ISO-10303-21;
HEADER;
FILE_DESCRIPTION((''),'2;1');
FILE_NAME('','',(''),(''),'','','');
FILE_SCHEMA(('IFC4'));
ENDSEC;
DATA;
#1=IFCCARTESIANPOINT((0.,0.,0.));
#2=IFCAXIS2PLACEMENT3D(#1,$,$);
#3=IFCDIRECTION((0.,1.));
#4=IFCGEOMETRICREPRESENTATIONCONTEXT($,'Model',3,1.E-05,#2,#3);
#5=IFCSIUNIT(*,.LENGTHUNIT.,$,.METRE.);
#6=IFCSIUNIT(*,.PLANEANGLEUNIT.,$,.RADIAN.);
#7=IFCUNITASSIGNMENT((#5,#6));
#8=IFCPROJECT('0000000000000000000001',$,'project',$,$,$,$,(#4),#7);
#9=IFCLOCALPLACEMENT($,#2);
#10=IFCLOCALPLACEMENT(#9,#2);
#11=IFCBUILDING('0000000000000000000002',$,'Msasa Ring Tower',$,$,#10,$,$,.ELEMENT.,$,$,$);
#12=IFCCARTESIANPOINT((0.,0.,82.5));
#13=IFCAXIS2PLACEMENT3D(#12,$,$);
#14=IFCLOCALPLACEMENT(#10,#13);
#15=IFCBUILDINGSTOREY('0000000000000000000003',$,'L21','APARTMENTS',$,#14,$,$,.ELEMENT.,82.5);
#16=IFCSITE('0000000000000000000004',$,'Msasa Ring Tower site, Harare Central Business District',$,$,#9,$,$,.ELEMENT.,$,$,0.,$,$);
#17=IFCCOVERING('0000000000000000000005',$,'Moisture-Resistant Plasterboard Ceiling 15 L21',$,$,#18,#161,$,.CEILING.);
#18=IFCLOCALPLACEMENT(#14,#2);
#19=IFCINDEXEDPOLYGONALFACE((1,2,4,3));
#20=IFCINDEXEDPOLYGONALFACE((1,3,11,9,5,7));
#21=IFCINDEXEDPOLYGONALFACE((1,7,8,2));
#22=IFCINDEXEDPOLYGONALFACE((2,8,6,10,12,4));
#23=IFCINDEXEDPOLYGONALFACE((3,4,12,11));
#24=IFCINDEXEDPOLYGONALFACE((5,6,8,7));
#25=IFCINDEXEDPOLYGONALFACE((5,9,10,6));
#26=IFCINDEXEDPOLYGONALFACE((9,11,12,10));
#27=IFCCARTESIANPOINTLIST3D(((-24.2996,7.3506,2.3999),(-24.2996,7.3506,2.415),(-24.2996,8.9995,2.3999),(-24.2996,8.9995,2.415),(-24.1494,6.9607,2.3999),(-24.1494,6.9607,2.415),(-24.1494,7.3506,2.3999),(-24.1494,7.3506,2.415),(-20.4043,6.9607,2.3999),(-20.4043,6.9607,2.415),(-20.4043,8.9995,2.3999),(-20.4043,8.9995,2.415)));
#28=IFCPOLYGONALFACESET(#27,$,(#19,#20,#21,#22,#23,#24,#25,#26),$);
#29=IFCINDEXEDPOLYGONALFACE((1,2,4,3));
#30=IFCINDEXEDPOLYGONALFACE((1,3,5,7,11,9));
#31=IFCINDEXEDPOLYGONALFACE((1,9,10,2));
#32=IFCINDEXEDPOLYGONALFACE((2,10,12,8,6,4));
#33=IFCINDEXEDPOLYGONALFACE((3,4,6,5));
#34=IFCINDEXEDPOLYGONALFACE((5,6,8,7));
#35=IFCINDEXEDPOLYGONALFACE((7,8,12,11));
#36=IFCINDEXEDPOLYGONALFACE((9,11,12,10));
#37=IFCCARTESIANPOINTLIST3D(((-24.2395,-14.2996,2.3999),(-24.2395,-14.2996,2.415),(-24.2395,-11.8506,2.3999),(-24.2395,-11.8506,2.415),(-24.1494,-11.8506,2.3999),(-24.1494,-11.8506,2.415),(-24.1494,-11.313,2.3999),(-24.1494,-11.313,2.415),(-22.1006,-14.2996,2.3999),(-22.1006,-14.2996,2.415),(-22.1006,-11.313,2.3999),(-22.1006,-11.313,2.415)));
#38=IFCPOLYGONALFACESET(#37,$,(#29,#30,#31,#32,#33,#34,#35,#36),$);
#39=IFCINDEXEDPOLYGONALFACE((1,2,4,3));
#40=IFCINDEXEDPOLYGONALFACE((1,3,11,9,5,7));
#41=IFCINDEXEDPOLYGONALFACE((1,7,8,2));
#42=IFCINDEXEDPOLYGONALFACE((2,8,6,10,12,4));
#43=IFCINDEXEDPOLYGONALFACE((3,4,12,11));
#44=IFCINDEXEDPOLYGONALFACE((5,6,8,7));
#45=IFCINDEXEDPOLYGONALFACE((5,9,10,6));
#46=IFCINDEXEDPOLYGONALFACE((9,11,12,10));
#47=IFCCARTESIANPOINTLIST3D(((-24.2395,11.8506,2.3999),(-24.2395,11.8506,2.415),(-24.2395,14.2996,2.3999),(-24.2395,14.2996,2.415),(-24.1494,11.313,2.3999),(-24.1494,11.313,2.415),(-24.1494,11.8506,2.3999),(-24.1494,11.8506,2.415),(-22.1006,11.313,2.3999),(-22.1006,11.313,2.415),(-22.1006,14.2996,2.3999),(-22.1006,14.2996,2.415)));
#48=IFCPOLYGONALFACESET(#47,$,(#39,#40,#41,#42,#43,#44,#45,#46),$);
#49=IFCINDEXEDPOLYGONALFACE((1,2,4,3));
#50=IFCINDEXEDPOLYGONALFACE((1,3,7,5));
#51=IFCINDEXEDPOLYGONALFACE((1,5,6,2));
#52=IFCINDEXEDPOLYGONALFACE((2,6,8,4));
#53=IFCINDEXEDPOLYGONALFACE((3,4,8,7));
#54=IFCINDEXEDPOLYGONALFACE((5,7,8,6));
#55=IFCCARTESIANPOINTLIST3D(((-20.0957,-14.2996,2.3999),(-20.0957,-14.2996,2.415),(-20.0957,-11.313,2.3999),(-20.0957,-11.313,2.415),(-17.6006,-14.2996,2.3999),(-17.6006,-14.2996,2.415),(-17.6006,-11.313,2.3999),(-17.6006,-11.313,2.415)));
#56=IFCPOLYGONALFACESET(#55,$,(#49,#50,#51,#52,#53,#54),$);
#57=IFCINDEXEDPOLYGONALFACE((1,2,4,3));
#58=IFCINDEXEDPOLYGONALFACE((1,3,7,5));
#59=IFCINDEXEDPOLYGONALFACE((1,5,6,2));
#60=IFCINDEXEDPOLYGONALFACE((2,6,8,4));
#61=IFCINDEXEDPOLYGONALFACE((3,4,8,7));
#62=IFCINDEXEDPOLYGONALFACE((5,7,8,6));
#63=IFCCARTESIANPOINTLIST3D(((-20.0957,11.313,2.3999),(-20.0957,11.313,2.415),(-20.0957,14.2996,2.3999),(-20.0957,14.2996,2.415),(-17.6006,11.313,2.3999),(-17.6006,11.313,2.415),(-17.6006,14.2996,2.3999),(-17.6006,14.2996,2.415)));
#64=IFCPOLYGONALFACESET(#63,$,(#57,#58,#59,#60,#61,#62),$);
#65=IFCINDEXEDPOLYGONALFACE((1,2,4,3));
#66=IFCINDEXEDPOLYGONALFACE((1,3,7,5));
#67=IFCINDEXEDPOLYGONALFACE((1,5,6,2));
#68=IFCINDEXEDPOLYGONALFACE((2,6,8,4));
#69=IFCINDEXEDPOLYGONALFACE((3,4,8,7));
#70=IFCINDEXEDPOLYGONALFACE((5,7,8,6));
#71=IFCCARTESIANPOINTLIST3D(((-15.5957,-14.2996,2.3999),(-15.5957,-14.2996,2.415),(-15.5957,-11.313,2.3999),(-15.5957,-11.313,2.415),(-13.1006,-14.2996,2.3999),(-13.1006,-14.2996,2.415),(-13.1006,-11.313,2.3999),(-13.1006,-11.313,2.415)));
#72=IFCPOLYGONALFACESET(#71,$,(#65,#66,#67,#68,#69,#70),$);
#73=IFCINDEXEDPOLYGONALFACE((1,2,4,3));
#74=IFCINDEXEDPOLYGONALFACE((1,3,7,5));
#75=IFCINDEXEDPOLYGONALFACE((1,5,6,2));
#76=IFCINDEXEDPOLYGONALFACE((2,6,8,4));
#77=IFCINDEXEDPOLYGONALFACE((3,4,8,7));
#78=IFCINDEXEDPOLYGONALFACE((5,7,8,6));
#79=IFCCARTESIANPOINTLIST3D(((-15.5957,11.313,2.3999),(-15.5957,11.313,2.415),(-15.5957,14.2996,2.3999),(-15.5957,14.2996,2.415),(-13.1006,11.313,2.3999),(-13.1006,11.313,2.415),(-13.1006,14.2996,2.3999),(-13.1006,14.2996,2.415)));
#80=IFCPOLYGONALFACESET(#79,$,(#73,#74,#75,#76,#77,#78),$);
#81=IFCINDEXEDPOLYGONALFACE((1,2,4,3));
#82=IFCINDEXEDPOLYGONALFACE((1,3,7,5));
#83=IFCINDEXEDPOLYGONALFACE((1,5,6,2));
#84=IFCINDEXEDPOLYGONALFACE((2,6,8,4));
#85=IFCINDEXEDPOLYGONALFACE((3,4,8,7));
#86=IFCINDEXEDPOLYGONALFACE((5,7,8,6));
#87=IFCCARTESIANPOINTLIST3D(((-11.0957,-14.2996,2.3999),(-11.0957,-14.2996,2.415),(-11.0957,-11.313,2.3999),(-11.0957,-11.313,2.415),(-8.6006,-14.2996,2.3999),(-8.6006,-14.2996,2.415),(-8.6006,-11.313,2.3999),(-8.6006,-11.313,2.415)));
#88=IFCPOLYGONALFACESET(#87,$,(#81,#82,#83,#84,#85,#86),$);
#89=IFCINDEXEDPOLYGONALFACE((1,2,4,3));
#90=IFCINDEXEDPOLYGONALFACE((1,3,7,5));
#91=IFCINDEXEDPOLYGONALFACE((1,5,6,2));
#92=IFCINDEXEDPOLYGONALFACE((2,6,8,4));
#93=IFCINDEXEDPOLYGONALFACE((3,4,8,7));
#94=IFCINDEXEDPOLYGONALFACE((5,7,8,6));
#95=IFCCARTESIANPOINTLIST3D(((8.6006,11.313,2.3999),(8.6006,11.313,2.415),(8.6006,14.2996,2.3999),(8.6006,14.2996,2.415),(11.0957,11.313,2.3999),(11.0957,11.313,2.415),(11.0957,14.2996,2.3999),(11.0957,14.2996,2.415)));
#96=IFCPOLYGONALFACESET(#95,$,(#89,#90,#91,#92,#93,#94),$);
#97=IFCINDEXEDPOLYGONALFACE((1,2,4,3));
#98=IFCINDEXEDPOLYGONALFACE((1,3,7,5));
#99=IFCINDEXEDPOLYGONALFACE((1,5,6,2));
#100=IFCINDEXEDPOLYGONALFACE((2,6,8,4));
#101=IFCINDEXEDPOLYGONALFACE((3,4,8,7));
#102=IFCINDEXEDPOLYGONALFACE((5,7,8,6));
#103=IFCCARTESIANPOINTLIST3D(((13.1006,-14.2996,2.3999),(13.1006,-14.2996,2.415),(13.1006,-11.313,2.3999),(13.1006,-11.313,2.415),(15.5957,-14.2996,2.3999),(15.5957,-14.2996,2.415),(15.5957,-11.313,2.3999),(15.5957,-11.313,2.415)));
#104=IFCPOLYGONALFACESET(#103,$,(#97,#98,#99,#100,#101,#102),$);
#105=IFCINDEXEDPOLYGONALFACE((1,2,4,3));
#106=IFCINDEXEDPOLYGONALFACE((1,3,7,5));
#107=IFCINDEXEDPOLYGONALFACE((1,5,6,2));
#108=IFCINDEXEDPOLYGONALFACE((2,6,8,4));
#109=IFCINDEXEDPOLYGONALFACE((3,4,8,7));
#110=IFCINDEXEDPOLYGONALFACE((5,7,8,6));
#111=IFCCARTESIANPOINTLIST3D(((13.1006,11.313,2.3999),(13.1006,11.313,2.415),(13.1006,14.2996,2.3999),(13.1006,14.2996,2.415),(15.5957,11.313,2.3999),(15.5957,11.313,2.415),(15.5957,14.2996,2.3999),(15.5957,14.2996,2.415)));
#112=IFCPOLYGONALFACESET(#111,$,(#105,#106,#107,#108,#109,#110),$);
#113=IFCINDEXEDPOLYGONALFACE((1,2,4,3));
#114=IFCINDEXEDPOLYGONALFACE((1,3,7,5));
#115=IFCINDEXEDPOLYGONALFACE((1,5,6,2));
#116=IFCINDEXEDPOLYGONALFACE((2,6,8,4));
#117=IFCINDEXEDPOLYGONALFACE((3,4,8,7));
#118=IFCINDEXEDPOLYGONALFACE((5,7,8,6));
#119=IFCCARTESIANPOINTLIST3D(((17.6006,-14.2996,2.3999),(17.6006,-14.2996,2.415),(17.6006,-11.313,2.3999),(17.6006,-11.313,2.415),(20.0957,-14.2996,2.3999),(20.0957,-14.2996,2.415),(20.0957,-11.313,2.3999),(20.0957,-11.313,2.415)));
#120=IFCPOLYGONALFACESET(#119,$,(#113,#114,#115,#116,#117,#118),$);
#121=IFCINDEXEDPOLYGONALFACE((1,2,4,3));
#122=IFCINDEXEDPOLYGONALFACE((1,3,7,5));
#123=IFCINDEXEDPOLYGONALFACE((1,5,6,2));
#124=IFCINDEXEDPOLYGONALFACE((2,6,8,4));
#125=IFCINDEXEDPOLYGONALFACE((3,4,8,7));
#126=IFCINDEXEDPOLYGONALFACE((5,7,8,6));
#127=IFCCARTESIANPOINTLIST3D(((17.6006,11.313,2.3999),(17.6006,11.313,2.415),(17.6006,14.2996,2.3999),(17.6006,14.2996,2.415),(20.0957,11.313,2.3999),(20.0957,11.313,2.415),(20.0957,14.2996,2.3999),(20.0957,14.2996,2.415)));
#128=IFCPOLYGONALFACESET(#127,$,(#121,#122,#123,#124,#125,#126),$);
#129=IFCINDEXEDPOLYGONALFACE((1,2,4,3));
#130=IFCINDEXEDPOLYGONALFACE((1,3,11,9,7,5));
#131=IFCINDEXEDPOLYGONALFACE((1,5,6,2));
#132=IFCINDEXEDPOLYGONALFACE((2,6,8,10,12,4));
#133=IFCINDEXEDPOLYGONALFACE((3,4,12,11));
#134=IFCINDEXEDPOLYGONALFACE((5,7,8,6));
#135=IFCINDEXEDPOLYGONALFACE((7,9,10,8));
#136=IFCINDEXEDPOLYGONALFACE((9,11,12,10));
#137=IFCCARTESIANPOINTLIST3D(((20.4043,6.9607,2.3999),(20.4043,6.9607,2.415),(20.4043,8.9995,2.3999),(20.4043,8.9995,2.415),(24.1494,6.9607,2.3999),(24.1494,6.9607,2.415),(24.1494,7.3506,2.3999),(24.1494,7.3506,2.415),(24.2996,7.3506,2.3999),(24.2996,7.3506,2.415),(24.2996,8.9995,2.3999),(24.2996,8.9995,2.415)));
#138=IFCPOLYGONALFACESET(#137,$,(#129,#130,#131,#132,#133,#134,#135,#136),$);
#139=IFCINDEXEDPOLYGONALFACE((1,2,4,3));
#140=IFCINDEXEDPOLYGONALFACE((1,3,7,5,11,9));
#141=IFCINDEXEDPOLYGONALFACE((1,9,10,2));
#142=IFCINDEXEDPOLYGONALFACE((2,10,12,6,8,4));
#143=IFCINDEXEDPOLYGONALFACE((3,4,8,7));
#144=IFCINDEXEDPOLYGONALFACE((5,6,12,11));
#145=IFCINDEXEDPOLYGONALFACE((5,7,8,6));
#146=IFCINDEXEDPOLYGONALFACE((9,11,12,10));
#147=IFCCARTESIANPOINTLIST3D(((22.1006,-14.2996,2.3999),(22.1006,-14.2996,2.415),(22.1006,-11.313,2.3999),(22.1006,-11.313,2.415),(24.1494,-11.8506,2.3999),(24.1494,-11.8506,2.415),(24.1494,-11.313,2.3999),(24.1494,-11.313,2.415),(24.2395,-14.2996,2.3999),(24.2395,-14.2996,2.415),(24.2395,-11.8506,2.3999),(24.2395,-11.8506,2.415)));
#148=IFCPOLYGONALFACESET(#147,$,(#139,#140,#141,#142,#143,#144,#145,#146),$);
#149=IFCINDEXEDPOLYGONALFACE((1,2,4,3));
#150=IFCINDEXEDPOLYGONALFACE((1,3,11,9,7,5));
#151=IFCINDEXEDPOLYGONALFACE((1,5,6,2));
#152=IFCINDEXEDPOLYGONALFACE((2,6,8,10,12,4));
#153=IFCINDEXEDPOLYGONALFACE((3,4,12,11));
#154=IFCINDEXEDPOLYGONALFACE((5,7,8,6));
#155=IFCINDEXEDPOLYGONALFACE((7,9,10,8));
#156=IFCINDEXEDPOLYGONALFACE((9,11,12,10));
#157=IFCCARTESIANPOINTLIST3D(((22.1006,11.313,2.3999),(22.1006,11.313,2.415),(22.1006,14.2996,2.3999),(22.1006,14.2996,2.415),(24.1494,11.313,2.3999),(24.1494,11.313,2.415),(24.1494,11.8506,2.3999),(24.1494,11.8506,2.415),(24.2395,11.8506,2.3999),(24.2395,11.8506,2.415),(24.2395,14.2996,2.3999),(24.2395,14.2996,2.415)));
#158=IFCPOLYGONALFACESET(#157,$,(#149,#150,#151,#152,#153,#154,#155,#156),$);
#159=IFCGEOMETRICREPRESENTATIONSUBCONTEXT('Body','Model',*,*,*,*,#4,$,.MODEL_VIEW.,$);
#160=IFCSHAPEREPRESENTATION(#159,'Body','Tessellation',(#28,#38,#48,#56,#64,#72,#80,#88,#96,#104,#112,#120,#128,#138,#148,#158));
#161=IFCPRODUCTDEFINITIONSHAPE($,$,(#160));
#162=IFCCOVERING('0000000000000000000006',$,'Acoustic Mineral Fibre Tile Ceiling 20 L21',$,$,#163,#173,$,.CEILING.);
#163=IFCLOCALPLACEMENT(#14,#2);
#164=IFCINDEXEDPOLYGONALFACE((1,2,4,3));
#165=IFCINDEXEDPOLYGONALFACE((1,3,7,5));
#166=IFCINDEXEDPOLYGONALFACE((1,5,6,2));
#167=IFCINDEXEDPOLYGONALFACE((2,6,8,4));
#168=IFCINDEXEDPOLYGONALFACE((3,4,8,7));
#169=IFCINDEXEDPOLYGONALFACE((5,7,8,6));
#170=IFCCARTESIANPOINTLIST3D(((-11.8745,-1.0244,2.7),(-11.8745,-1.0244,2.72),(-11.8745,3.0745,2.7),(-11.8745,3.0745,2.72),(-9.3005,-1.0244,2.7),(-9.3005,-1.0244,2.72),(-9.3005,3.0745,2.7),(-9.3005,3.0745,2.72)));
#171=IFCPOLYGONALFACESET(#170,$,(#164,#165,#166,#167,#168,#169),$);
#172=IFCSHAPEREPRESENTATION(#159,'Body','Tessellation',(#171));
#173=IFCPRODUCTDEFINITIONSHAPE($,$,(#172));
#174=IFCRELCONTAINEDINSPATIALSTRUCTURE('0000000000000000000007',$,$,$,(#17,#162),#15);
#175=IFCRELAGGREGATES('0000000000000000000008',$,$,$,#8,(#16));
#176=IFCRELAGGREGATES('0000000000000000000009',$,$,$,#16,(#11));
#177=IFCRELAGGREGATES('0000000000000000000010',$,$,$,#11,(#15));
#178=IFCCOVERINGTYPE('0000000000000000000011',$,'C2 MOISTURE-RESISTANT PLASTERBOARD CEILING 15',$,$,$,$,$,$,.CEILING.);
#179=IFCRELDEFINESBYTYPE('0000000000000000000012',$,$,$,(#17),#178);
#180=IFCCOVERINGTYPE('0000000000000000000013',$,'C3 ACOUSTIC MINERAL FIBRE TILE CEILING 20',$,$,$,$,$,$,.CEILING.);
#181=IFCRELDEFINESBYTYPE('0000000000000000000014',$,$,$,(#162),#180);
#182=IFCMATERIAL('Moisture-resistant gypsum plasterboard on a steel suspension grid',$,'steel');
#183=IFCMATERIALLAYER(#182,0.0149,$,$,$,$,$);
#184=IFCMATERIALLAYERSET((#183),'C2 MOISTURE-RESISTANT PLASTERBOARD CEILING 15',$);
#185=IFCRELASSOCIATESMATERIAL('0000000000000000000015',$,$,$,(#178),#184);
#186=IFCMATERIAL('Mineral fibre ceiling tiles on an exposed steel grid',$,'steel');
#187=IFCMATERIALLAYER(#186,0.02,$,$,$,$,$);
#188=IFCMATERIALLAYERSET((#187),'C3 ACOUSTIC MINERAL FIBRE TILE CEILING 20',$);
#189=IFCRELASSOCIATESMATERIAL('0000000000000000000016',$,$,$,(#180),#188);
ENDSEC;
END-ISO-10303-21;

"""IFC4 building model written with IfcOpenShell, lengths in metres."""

from ifc_helpers import new_model, si_unit, direction, frame, origin, place, context, subcontext, project, spatial, line, indexed_curve, outline, extrude, material, layer, layer_set, type_object, element, save


model = new_model("IFC4")

# Units and contexts
model_context = context("Model", 3, precision=1e-05, world=origin(), true_north=direction((0.0, 1.0)))
body_context = subcontext(model_context, "Body", "Model", "MODEL_VIEW")
ifc_project = project(units=[si_unit("LENGTHUNIT", "METRE"), si_unit("PLANEANGLEUNIT", "RADIAN")], contexts=[model_context])

# Site, building, storey
site_placement = place(None, origin())
site = spatial("IfcSite", under=ifc_project, at=site_placement, Name="Msasa Ring Tower site, Harare Central Business District", CompositionType="ELEMENT", RefElevation=0.0)
building_placement = place(site_placement, origin())
building = spatial("IfcBuilding", under=site, at=building_placement, Name="Msasa Ring Tower", CompositionType="ELEMENT")
storey_placement = place(building_placement, frame((0.0, 0.0, 82.5)))
storey = spatial("IfcBuildingStorey", under=building, at=storey_placement, Name="L21", Description="APARTMENTS", CompositionType="ELEMENT", Elevation=82.5)

# Coverings
ifc_material_1 = material(Name="Moisture-resistant gypsum plasterboard on a steel suspension grid", Category="steel")
ifc_layer_1 = layer(ifc_material_1, 0.0149)
ifc_layer_set_1 = layer_set([ifc_layer_1], Name="C2 MOISTURE-RESISTANT PLASTERBOARD CEILING 15")
covering_type_1 = type_object("IfcCoveringType", Name="C2 MOISTURE-RESISTANT PLASTERBOARD CEILING 15", PredefinedType="CEILING", material=ifc_layer_set_1)
covering_1_placement = place(storey_placement, frame((0.0, 0.0, 2.3999)))
element("IfcCovering", 1, at=covering_1_placement, inside=storey, type_object=covering_type_1, Name="Moisture-Resistant Plasterboard Ceiling 15 L21", PredefinedType="CEILING", context=body_context, shape_type="SweptSolid", body=[
    extrude(outline(indexed_curve([(-24.2996, 8.9995), (-20.4043, 8.9995), (-20.4043, 6.9607), (-24.1494, 6.9607), (-24.1494, 7.3506), (-24.2996, 7.3506)], segments=[line(1, 2, 3, 4, 5, 6, 1)], self_intersect=False)), origin(), (0.0, 0.0, 1.0), 0.0151),
    extrude(outline(indexed_curve([(-24.2395, -11.8506), (-24.1494, -11.8506), (-24.1494, -11.313), (-22.1006, -11.313), (-22.1006, -14.2996), (-24.2395, -14.2996)], segments=[line(1, 2, 3, 4, 5, 6, 1)], self_intersect=False)), origin(), (0.0, 0.0, 1.0), 0.0151),
    extrude(outline(indexed_curve([(-24.2395, 14.2996), (-22.1006, 14.2996), (-22.1006, 11.313), (-24.1494, 11.313), (-24.1494, 11.8506), (-24.2395, 11.8506)], segments=[line(1, 2, 3, 4, 5, 6, 1)], self_intersect=False)), origin(), (0.0, 0.0, 1.0), 0.0151),
    extrude(outline(indexed_curve([(-17.6006, -11.313), (-17.6006, -14.2996), (-20.0957, -14.2996), (-20.0957, -11.313)], segments=[line(1, 2, 3, 4, 1)], self_intersect=False)), origin(), (0.0, 0.0, 1.0), 0.0151),
    extrude(outline(indexed_curve([(-17.6006, 14.2996), (-17.6006, 11.313), (-20.0957, 11.313), (-20.0957, 14.2996)], segments=[line(1, 2, 3, 4, 1)], self_intersect=False)), origin(), (0.0, 0.0, 1.0), 0.0151),
    extrude(outline(indexed_curve([(-13.1006, -11.313), (-13.1006, -14.2996), (-15.5957, -14.2996), (-15.5957, -11.313)], segments=[line(1, 2, 3, 4, 1)], self_intersect=False)), origin(), (0.0, 0.0, 1.0), 0.0151),
    extrude(outline(indexed_curve([(-13.1006, 14.2996), (-13.1006, 11.313), (-15.5957, 11.313), (-15.5957, 14.2996)], segments=[line(1, 2, 3, 4, 1)], self_intersect=False)), origin(), (0.0, 0.0, 1.0), 0.0151),
    extrude(outline(indexed_curve([(-8.6006, -11.313), (-8.6006, -14.2996), (-11.0957, -14.2996), (-11.0957, -11.313)], segments=[line(1, 2, 3, 4, 1)], self_intersect=False)), origin(), (0.0, 0.0, 1.0), 0.0151),
    extrude(outline(indexed_curve([(8.6006, 14.2996), (11.0957, 14.2996), (11.0957, 11.313), (8.6006, 11.313)], segments=[line(1, 2, 3, 4, 1)], self_intersect=False)), origin(), (0.0, 0.0, 1.0), 0.0151),
    extrude(outline(indexed_curve([(13.1006, -11.313), (15.5957, -11.313), (15.5957, -14.2996), (13.1006, -14.2996)], segments=[line(1, 2, 3, 4, 1)], self_intersect=False)), origin(), (0.0, 0.0, 1.0), 0.0151),
    extrude(outline(indexed_curve([(13.1006, 14.2996), (15.5957, 14.2996), (15.5957, 11.313), (13.1006, 11.313)], segments=[line(1, 2, 3, 4, 1)], self_intersect=False)), origin(), (0.0, 0.0, 1.0), 0.0151),
    extrude(outline(indexed_curve([(17.6006, -11.313), (20.0957, -11.313), (20.0957, -14.2996), (17.6006, -14.2996)], segments=[line(1, 2, 3, 4, 1)], self_intersect=False)), origin(), (0.0, 0.0, 1.0), 0.0151),
    extrude(outline(indexed_curve([(17.6006, 14.2996), (20.0957, 14.2996), (20.0957, 11.313), (17.6006, 11.313)], segments=[line(1, 2, 3, 4, 1)], self_intersect=False)), origin(), (0.0, 0.0, 1.0), 0.0151),
    extrude(outline(indexed_curve([(24.2996, 8.9995), (24.2996, 7.3506), (24.1494, 7.3506), (24.1494, 6.9607), (20.4043, 6.9607), (20.4043, 8.9995)], segments=[line(1, 2, 3, 4, 5, 6, 1)], self_intersect=False)), origin(), (0.0, 0.0, 1.0), 0.0151),
    extrude(outline(indexed_curve([(22.1006, -11.313), (24.1494, -11.313), (24.1494, -11.8506), (24.2395, -11.8506), (24.2395, -14.2996), (22.1006, -14.2996)], segments=[line(1, 2, 3, 4, 5, 6, 1)], self_intersect=False)), origin(), (0.0, 0.0, 1.0), 0.0151),
    extrude(outline(indexed_curve([(22.1006, 14.2996), (24.2395, 14.2996), (24.2395, 11.8506), (24.1494, 11.8506), (24.1494, 11.313), (22.1006, 11.313)], segments=[line(1, 2, 3, 4, 5, 6, 1)], self_intersect=False)), origin(), (0.0, 0.0, 1.0), 0.0151),
])
ifc_material_2 = material(Name="Mineral fibre ceiling tiles on an exposed steel grid", Category="steel")
ifc_layer_2 = layer(ifc_material_2, 0.02)
ifc_layer_set_2 = layer_set([ifc_layer_2], Name="C3 ACOUSTIC MINERAL FIBRE TILE CEILING 20")
covering_type_2 = type_object("IfcCoveringType", Name="C3 ACOUSTIC MINERAL FIBRE TILE CEILING 20", PredefinedType="CEILING", material=ifc_layer_set_2)
covering_2_placement = place(storey_placement, frame((0.0, 0.0, 2.7)))
element("IfcCovering", 2, at=covering_2_placement, inside=storey, type_object=covering_type_2, Name="Acoustic Mineral Fibre Tile Ceiling 20 L21", PredefinedType="CEILING", context=body_context, shape_type="SweptSolid", body=[
    extrude(outline(indexed_curve([(-11.8745, 3.0745), (-9.3005, 3.0745), (-9.3005, -1.0244), (-11.8745, -1.0244)], segments=[line(1, 2, 3, 4, 1)], self_intersect=False)), origin(), (0.0, 0.0, 1.0), 0.02),
])

save(model, "model.ifc")
